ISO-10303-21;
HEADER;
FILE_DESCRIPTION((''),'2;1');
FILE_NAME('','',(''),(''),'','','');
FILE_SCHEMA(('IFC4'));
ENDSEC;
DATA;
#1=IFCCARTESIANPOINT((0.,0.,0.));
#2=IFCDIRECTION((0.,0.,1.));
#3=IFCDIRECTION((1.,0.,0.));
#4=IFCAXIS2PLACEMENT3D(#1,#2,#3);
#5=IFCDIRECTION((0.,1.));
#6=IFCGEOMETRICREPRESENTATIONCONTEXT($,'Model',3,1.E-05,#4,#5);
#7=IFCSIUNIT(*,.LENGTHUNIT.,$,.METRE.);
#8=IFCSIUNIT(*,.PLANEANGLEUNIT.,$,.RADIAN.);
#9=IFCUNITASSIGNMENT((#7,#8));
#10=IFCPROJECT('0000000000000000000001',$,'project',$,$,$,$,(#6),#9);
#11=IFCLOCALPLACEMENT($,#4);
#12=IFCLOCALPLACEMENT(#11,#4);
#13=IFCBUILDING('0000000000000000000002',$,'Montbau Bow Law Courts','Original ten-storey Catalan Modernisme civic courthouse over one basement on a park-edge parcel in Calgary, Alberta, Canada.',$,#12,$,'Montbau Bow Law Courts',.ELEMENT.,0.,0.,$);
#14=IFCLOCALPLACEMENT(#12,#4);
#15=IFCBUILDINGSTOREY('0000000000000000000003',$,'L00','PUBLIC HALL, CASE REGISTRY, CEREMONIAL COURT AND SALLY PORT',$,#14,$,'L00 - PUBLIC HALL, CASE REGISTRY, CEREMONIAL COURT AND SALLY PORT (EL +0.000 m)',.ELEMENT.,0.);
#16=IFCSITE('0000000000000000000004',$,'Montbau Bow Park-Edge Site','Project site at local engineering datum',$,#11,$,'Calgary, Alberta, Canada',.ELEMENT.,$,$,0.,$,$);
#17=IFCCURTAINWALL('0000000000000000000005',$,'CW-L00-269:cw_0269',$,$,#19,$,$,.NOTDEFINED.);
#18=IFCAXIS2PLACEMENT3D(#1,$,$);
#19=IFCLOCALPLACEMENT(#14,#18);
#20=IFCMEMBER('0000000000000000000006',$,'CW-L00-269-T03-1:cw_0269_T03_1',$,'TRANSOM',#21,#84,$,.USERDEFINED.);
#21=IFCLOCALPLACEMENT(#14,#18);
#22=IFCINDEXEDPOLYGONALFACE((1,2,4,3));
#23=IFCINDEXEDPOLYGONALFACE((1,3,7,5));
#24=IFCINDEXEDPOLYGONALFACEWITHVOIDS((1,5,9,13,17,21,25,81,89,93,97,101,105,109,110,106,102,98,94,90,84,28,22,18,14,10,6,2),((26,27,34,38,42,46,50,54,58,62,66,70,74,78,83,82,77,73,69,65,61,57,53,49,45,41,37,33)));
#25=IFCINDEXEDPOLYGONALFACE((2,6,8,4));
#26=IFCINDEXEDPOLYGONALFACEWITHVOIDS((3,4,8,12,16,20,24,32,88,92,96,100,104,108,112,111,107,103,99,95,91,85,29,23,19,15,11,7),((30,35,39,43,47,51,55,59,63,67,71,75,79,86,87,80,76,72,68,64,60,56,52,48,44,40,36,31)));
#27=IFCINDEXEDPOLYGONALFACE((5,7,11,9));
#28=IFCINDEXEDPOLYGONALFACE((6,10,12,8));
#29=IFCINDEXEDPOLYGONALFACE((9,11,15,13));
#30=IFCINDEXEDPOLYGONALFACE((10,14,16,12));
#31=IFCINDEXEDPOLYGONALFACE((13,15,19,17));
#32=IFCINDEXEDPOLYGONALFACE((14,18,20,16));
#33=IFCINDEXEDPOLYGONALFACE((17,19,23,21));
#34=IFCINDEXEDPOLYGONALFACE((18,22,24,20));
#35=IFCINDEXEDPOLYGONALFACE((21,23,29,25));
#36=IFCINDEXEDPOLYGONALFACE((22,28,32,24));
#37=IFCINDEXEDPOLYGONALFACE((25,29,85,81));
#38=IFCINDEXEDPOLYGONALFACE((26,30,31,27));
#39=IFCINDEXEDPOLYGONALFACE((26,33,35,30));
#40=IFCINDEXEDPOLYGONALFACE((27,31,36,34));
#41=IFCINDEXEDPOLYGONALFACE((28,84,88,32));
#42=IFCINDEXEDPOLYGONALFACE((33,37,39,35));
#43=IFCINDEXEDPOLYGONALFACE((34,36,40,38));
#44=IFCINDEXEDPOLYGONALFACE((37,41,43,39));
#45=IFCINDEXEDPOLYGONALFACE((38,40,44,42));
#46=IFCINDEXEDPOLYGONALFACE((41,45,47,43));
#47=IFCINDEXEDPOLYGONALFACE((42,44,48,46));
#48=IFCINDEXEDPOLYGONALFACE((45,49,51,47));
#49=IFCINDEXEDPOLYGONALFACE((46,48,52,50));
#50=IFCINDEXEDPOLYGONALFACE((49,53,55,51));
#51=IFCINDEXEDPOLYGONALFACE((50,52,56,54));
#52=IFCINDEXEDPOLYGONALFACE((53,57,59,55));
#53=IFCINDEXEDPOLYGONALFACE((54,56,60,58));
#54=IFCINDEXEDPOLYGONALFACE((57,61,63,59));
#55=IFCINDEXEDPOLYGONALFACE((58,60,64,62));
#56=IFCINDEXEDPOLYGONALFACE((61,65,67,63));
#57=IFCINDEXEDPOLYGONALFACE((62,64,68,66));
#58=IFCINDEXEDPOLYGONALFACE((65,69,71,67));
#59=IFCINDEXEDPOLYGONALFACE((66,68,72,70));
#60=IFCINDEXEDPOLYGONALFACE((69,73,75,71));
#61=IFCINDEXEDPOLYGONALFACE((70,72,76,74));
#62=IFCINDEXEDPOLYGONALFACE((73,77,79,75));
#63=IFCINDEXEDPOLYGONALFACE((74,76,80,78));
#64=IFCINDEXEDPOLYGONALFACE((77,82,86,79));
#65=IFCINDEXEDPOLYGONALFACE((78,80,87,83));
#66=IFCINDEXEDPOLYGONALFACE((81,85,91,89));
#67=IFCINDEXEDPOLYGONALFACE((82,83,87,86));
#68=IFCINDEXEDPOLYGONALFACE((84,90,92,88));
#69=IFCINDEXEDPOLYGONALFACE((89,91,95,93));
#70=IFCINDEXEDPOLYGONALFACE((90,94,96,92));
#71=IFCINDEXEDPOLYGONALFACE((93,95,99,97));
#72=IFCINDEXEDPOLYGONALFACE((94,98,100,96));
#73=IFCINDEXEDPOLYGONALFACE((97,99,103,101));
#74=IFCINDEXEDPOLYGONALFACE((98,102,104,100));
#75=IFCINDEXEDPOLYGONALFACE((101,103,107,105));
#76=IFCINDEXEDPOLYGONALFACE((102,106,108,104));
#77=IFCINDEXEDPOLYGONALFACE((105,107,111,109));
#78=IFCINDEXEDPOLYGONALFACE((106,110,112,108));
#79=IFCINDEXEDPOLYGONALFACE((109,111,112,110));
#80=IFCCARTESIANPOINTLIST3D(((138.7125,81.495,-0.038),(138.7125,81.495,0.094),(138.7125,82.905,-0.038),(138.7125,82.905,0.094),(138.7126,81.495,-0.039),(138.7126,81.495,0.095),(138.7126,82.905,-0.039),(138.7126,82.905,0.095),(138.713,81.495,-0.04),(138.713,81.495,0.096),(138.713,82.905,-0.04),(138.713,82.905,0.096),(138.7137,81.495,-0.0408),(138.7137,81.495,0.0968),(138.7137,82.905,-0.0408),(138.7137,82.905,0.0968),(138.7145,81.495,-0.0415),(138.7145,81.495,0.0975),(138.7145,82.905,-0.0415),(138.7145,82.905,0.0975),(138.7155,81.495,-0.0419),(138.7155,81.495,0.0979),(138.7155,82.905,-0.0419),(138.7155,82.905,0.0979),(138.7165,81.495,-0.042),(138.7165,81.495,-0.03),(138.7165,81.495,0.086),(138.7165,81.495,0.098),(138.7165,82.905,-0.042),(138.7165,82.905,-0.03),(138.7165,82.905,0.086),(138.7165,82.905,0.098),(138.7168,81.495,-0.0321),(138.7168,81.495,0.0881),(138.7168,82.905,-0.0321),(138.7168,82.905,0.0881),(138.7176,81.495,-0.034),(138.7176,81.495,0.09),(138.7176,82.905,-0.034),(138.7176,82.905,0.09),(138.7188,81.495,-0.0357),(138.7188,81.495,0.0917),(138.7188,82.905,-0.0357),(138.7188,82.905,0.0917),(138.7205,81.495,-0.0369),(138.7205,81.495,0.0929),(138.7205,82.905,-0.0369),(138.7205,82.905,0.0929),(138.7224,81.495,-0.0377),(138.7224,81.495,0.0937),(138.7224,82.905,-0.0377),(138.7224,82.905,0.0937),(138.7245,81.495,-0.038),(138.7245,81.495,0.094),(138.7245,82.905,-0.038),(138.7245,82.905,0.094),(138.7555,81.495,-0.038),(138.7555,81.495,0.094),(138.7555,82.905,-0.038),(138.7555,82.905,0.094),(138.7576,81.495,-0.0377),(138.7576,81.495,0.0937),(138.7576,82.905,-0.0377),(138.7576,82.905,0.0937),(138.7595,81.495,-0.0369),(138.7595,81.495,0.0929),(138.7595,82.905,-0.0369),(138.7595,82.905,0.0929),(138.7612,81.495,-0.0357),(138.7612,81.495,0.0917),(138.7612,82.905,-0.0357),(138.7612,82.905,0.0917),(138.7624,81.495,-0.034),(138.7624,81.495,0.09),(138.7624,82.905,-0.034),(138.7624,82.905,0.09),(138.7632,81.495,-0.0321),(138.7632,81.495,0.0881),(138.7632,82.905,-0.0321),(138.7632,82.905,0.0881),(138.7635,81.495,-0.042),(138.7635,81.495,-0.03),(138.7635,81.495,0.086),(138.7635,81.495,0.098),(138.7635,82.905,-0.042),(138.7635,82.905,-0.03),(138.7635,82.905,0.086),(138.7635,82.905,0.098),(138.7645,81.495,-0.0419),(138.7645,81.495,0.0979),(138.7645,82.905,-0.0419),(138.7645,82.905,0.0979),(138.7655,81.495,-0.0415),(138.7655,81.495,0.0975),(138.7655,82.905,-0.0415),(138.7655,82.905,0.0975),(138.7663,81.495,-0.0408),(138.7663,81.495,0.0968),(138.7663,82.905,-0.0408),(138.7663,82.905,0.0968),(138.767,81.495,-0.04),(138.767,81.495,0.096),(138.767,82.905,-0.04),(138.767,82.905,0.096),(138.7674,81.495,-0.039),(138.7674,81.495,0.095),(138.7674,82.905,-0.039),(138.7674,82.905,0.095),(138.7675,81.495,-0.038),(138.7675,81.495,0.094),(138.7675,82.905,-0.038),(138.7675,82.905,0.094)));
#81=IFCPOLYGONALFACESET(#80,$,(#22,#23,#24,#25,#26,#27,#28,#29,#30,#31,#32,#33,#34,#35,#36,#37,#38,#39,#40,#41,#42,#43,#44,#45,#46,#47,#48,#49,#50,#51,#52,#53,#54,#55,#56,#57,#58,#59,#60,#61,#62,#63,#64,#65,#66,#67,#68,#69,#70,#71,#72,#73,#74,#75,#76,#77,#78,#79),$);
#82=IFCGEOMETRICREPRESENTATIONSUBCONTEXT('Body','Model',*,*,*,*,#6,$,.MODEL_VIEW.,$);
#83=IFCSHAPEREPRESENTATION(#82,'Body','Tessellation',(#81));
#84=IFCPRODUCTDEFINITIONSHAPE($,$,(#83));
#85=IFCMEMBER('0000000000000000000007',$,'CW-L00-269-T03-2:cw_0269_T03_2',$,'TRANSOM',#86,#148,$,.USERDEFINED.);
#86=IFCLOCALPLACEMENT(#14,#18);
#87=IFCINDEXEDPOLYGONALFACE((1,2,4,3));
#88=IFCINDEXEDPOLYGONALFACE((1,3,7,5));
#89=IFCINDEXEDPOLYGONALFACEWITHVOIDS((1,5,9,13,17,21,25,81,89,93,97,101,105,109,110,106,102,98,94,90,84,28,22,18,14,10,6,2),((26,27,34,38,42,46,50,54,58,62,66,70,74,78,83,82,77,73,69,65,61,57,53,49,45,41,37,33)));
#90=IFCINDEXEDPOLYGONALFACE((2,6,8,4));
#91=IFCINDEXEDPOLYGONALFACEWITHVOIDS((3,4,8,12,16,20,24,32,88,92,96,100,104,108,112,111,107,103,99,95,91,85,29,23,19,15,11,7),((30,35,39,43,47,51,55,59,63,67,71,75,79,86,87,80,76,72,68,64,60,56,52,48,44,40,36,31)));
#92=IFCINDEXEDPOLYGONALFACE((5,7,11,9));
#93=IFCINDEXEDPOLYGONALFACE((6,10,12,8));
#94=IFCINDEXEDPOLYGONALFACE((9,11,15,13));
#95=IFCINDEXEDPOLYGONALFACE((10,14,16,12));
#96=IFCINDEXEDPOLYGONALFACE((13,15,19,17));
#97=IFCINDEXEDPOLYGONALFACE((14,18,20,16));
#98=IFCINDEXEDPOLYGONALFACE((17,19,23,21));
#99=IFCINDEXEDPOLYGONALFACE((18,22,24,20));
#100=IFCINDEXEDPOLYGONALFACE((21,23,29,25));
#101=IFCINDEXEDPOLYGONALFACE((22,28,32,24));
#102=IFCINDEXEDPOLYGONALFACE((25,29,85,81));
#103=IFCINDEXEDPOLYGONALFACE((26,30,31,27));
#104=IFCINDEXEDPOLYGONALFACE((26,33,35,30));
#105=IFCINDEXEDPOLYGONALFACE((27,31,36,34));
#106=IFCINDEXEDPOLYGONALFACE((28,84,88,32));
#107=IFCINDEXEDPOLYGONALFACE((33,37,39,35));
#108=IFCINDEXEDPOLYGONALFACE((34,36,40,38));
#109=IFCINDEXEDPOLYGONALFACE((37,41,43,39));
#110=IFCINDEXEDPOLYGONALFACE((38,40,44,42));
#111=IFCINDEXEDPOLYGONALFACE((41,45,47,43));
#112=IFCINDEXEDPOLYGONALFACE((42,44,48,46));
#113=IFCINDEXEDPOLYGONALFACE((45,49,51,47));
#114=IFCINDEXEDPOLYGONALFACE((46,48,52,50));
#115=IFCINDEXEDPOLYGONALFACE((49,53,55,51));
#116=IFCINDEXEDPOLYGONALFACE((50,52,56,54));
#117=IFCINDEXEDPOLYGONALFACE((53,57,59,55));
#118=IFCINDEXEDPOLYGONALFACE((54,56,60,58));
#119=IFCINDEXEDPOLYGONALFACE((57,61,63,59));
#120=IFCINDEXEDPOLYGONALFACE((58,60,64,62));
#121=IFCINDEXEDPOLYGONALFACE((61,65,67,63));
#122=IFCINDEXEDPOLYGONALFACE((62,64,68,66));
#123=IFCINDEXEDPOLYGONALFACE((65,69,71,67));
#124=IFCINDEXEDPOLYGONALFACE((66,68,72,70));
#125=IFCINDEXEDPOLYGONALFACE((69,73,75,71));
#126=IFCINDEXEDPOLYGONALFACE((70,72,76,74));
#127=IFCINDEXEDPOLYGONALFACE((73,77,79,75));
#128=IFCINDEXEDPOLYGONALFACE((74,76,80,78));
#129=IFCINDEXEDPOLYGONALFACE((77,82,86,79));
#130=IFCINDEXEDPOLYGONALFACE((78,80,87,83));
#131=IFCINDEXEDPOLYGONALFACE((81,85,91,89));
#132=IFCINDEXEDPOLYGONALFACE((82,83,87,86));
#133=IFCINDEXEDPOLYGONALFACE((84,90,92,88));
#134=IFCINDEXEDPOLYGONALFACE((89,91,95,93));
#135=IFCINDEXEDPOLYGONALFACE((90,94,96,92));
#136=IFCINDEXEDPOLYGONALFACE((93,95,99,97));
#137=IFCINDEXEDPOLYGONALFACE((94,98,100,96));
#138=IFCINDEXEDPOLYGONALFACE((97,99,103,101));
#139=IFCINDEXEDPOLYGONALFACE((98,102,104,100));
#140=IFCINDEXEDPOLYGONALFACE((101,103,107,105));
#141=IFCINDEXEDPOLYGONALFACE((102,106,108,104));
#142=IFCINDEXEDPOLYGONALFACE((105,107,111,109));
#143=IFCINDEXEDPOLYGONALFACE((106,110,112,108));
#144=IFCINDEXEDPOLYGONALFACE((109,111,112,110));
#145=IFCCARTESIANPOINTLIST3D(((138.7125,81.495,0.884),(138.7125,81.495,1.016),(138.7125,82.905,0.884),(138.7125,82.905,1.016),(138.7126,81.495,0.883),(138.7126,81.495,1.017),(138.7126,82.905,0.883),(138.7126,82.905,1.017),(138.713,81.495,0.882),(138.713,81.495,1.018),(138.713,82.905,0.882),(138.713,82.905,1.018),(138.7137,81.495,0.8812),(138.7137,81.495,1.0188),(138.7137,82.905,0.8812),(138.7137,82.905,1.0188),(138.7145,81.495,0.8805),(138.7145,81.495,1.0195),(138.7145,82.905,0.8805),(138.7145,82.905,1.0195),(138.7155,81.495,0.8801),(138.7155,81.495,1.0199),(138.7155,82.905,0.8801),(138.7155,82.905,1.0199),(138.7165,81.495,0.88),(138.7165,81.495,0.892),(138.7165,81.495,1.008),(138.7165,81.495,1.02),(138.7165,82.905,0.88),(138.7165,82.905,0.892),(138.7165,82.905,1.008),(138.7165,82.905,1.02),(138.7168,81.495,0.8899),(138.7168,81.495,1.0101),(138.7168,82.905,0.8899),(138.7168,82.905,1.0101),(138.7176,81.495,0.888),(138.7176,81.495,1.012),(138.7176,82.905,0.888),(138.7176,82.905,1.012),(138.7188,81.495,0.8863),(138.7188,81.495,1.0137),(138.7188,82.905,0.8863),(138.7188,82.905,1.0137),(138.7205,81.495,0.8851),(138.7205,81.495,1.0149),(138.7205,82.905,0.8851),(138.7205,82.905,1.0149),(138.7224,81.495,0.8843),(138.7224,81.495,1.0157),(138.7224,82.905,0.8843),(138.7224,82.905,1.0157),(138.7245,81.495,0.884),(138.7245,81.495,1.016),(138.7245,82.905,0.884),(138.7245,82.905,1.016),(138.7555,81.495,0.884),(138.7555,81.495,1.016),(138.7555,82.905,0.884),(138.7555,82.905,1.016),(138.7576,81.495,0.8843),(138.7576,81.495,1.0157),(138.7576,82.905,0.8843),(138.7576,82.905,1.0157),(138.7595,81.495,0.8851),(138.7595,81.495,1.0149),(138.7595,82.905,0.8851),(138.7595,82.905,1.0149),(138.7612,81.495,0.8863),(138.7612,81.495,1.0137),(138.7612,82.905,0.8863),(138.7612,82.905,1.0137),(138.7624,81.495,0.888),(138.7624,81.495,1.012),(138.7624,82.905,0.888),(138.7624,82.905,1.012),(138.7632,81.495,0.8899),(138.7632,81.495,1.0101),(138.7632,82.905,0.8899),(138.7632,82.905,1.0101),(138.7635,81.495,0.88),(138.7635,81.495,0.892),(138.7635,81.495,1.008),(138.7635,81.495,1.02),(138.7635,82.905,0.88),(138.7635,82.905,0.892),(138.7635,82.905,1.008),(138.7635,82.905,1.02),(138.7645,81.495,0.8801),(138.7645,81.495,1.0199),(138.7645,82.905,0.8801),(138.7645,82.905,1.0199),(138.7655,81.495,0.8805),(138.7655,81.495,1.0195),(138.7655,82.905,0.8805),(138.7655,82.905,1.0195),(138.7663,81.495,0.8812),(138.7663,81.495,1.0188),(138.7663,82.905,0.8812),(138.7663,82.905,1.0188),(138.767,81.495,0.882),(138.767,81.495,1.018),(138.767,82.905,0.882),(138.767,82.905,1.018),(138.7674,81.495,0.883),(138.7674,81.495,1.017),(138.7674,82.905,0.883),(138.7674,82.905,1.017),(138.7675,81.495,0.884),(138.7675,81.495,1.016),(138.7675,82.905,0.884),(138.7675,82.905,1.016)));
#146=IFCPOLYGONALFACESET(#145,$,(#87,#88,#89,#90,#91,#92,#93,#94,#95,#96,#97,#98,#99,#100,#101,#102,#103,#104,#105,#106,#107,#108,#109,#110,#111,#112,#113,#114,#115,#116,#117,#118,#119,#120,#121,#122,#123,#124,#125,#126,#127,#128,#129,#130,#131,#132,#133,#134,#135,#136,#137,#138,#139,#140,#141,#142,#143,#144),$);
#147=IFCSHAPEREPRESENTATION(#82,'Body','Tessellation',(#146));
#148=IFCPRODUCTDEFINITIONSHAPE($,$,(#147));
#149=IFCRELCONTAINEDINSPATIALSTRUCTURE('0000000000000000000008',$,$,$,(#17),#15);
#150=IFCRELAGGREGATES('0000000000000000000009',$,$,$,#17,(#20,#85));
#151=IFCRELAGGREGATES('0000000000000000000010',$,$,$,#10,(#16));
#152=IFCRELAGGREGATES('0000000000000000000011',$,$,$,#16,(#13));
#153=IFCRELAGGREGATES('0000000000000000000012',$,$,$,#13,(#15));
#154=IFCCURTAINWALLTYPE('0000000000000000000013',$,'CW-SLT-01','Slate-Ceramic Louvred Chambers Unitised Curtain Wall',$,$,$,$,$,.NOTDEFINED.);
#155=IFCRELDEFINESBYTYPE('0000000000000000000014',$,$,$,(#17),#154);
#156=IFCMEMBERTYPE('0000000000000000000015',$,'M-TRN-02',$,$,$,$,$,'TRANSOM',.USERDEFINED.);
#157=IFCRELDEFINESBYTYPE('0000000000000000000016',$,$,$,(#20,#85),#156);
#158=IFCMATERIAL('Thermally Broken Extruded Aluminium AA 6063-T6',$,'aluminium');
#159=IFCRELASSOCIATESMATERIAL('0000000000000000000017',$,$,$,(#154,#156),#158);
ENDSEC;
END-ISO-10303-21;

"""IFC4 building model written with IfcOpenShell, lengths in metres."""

from ifc_helpers import new_model, si_unit, direction, frame, origin_with_axes, origin_2d_with_axis, place, context, subcontext, project, spatial, hollow_rectangle, extrude, material, material_profile, profile_set, type_object, element, aggregate, save


model = new_model("IFC4")

# Units and contexts
model_context = context("Model", 3, precision=1e-05, world=origin_with_axes(), true_north=direction((0.0, 1.0)))
body_context = subcontext(model_context, "Body", "Model", "MODEL_VIEW")
ifc_project = project(units=[si_unit("LENGTHUNIT", "METRE"), si_unit("PLANEANGLEUNIT", "RADIAN")], contexts=[model_context])

# Site, building, storey
site_placement = place(None, origin_with_axes())
site = spatial("IfcSite", under=ifc_project, at=site_placement, Name="Montbau Bow Park-Edge Site", Description="Project site at local engineering datum", LongName="Calgary, Alberta, Canada", CompositionType="ELEMENT", RefElevation=0.0)
building_placement = place(site_placement, origin_with_axes())
building = spatial("IfcBuilding", under=site, at=building_placement, Name="Montbau Bow Law Courts", Description="Original ten-storey Catalan Modernisme civic courthouse over one basement on a park-edge parcel in Calgary, Alberta, Canada.", LongName="Montbau Bow Law Courts", CompositionType="ELEMENT", ElevationOfRefHeight=0.0, ElevationOfTerrain=0.0)
storey_placement = place(building_placement, origin_with_axes())
storey = spatial("IfcBuildingStorey", under=building, at=storey_placement, Name="L00", Description="PUBLIC HALL, CASE REGISTRY, CEREMONIAL COURT AND SALLY PORT", LongName="L00 - PUBLIC HALL, CASE REGISTRY, CEREMONIAL COURT AND SALLY PORT (EL +0.000 m)", CompositionType="ELEMENT", Elevation=0.0)

# Shared definitions
ifc_material_1 = material(Name="Thermally Broken Extruded Aluminium AA 6063-T6", Category="aluminium")
curtain_wall_type = type_object("IfcCurtainWallType", Name="CW-SLT-01", Description="Slate-Ceramic Louvred Chambers Unitised Curtain Wall", PredefinedType="NOTDEFINED", material=ifc_material_1)

# Curtain wall
curtain_wall_1_placement = place(None, frame((138.74, 78.515, 0.0), z_axis=(0.0, 0.0, 1.0), x_axis=(1.0, 0.0, 0.0)))
curtain_wall_1 = element("IfcCurtainWall", 1, at=curtain_wall_1_placement, inside=storey, type_object=curtain_wall_type, Name="CW-L00-269:cw_0269", PredefinedType="NOTDEFINED")

# Members
ifc_material_profile_1 = material_profile(ifc_material_1, hollow_rectangle(XDim=0.055, YDim=0.14, WallThickness=0.004, InnerFilletRadius=0.008, OuterFilletRadius=0.004, at=origin_2d_with_axis()), Name="CWT-140X55", Category="Main", Priority=0)
ifc_profile_set_1 = profile_set([ifc_material_profile_1], Name="Thermally Broken Extruded Aluminium AA 6063-T6")
member_type_1 = type_object("IfcMemberType", Name="M-TRN-02", ElementType="TRANSOM", PredefinedType="USERDEFINED", material=ifc_profile_set_1)
member_1_placement = place(None, frame((138.74, 81.495, 0.028), z_axis=(0.0, 1.0, 0.0), x_axis=(-1.0, 0.0, 0.0)))
member_1 = element("IfcMember", 2, at=member_1_placement, type_object=member_type_1, Name="CW-L00-269-T03-1:cw_0269_T03_1", ObjectType="TRANSOM", PredefinedType="USERDEFINED", context=body_context, shape_type="SweptSolid", body=[
    extrude(hollow_rectangle(XDim=0.055, YDim=0.14, WallThickness=0.004, InnerFilletRadius=0.008, OuterFilletRadius=0.004, at=origin_2d_with_axis()), origin_with_axes(), (0.0, 0.0, 1.0), 1.41),
])
member_2_placement = place(None, frame((138.74, 81.495, 0.95), z_axis=(0.0, 1.0, 0.0), x_axis=(-1.0, 0.0, 0.0)))
member_2 = element("IfcMember", 3, at=member_2_placement, type_object=member_type_1, Name="CW-L00-269-T03-2:cw_0269_T03_2", ObjectType="TRANSOM", PredefinedType="USERDEFINED", context=body_context, shape_type="SweptSolid", body=[
    extrude(hollow_rectangle(XDim=0.055, YDim=0.14, WallThickness=0.004, InnerFilletRadius=0.008, OuterFilletRadius=0.004, at=origin_2d_with_axis()), origin_with_axes(), (0.0, 0.0, 1.0), 1.41),
])

aggregate(curtain_wall_1, [member_1, member_2])

save(model, "model.ifc")
